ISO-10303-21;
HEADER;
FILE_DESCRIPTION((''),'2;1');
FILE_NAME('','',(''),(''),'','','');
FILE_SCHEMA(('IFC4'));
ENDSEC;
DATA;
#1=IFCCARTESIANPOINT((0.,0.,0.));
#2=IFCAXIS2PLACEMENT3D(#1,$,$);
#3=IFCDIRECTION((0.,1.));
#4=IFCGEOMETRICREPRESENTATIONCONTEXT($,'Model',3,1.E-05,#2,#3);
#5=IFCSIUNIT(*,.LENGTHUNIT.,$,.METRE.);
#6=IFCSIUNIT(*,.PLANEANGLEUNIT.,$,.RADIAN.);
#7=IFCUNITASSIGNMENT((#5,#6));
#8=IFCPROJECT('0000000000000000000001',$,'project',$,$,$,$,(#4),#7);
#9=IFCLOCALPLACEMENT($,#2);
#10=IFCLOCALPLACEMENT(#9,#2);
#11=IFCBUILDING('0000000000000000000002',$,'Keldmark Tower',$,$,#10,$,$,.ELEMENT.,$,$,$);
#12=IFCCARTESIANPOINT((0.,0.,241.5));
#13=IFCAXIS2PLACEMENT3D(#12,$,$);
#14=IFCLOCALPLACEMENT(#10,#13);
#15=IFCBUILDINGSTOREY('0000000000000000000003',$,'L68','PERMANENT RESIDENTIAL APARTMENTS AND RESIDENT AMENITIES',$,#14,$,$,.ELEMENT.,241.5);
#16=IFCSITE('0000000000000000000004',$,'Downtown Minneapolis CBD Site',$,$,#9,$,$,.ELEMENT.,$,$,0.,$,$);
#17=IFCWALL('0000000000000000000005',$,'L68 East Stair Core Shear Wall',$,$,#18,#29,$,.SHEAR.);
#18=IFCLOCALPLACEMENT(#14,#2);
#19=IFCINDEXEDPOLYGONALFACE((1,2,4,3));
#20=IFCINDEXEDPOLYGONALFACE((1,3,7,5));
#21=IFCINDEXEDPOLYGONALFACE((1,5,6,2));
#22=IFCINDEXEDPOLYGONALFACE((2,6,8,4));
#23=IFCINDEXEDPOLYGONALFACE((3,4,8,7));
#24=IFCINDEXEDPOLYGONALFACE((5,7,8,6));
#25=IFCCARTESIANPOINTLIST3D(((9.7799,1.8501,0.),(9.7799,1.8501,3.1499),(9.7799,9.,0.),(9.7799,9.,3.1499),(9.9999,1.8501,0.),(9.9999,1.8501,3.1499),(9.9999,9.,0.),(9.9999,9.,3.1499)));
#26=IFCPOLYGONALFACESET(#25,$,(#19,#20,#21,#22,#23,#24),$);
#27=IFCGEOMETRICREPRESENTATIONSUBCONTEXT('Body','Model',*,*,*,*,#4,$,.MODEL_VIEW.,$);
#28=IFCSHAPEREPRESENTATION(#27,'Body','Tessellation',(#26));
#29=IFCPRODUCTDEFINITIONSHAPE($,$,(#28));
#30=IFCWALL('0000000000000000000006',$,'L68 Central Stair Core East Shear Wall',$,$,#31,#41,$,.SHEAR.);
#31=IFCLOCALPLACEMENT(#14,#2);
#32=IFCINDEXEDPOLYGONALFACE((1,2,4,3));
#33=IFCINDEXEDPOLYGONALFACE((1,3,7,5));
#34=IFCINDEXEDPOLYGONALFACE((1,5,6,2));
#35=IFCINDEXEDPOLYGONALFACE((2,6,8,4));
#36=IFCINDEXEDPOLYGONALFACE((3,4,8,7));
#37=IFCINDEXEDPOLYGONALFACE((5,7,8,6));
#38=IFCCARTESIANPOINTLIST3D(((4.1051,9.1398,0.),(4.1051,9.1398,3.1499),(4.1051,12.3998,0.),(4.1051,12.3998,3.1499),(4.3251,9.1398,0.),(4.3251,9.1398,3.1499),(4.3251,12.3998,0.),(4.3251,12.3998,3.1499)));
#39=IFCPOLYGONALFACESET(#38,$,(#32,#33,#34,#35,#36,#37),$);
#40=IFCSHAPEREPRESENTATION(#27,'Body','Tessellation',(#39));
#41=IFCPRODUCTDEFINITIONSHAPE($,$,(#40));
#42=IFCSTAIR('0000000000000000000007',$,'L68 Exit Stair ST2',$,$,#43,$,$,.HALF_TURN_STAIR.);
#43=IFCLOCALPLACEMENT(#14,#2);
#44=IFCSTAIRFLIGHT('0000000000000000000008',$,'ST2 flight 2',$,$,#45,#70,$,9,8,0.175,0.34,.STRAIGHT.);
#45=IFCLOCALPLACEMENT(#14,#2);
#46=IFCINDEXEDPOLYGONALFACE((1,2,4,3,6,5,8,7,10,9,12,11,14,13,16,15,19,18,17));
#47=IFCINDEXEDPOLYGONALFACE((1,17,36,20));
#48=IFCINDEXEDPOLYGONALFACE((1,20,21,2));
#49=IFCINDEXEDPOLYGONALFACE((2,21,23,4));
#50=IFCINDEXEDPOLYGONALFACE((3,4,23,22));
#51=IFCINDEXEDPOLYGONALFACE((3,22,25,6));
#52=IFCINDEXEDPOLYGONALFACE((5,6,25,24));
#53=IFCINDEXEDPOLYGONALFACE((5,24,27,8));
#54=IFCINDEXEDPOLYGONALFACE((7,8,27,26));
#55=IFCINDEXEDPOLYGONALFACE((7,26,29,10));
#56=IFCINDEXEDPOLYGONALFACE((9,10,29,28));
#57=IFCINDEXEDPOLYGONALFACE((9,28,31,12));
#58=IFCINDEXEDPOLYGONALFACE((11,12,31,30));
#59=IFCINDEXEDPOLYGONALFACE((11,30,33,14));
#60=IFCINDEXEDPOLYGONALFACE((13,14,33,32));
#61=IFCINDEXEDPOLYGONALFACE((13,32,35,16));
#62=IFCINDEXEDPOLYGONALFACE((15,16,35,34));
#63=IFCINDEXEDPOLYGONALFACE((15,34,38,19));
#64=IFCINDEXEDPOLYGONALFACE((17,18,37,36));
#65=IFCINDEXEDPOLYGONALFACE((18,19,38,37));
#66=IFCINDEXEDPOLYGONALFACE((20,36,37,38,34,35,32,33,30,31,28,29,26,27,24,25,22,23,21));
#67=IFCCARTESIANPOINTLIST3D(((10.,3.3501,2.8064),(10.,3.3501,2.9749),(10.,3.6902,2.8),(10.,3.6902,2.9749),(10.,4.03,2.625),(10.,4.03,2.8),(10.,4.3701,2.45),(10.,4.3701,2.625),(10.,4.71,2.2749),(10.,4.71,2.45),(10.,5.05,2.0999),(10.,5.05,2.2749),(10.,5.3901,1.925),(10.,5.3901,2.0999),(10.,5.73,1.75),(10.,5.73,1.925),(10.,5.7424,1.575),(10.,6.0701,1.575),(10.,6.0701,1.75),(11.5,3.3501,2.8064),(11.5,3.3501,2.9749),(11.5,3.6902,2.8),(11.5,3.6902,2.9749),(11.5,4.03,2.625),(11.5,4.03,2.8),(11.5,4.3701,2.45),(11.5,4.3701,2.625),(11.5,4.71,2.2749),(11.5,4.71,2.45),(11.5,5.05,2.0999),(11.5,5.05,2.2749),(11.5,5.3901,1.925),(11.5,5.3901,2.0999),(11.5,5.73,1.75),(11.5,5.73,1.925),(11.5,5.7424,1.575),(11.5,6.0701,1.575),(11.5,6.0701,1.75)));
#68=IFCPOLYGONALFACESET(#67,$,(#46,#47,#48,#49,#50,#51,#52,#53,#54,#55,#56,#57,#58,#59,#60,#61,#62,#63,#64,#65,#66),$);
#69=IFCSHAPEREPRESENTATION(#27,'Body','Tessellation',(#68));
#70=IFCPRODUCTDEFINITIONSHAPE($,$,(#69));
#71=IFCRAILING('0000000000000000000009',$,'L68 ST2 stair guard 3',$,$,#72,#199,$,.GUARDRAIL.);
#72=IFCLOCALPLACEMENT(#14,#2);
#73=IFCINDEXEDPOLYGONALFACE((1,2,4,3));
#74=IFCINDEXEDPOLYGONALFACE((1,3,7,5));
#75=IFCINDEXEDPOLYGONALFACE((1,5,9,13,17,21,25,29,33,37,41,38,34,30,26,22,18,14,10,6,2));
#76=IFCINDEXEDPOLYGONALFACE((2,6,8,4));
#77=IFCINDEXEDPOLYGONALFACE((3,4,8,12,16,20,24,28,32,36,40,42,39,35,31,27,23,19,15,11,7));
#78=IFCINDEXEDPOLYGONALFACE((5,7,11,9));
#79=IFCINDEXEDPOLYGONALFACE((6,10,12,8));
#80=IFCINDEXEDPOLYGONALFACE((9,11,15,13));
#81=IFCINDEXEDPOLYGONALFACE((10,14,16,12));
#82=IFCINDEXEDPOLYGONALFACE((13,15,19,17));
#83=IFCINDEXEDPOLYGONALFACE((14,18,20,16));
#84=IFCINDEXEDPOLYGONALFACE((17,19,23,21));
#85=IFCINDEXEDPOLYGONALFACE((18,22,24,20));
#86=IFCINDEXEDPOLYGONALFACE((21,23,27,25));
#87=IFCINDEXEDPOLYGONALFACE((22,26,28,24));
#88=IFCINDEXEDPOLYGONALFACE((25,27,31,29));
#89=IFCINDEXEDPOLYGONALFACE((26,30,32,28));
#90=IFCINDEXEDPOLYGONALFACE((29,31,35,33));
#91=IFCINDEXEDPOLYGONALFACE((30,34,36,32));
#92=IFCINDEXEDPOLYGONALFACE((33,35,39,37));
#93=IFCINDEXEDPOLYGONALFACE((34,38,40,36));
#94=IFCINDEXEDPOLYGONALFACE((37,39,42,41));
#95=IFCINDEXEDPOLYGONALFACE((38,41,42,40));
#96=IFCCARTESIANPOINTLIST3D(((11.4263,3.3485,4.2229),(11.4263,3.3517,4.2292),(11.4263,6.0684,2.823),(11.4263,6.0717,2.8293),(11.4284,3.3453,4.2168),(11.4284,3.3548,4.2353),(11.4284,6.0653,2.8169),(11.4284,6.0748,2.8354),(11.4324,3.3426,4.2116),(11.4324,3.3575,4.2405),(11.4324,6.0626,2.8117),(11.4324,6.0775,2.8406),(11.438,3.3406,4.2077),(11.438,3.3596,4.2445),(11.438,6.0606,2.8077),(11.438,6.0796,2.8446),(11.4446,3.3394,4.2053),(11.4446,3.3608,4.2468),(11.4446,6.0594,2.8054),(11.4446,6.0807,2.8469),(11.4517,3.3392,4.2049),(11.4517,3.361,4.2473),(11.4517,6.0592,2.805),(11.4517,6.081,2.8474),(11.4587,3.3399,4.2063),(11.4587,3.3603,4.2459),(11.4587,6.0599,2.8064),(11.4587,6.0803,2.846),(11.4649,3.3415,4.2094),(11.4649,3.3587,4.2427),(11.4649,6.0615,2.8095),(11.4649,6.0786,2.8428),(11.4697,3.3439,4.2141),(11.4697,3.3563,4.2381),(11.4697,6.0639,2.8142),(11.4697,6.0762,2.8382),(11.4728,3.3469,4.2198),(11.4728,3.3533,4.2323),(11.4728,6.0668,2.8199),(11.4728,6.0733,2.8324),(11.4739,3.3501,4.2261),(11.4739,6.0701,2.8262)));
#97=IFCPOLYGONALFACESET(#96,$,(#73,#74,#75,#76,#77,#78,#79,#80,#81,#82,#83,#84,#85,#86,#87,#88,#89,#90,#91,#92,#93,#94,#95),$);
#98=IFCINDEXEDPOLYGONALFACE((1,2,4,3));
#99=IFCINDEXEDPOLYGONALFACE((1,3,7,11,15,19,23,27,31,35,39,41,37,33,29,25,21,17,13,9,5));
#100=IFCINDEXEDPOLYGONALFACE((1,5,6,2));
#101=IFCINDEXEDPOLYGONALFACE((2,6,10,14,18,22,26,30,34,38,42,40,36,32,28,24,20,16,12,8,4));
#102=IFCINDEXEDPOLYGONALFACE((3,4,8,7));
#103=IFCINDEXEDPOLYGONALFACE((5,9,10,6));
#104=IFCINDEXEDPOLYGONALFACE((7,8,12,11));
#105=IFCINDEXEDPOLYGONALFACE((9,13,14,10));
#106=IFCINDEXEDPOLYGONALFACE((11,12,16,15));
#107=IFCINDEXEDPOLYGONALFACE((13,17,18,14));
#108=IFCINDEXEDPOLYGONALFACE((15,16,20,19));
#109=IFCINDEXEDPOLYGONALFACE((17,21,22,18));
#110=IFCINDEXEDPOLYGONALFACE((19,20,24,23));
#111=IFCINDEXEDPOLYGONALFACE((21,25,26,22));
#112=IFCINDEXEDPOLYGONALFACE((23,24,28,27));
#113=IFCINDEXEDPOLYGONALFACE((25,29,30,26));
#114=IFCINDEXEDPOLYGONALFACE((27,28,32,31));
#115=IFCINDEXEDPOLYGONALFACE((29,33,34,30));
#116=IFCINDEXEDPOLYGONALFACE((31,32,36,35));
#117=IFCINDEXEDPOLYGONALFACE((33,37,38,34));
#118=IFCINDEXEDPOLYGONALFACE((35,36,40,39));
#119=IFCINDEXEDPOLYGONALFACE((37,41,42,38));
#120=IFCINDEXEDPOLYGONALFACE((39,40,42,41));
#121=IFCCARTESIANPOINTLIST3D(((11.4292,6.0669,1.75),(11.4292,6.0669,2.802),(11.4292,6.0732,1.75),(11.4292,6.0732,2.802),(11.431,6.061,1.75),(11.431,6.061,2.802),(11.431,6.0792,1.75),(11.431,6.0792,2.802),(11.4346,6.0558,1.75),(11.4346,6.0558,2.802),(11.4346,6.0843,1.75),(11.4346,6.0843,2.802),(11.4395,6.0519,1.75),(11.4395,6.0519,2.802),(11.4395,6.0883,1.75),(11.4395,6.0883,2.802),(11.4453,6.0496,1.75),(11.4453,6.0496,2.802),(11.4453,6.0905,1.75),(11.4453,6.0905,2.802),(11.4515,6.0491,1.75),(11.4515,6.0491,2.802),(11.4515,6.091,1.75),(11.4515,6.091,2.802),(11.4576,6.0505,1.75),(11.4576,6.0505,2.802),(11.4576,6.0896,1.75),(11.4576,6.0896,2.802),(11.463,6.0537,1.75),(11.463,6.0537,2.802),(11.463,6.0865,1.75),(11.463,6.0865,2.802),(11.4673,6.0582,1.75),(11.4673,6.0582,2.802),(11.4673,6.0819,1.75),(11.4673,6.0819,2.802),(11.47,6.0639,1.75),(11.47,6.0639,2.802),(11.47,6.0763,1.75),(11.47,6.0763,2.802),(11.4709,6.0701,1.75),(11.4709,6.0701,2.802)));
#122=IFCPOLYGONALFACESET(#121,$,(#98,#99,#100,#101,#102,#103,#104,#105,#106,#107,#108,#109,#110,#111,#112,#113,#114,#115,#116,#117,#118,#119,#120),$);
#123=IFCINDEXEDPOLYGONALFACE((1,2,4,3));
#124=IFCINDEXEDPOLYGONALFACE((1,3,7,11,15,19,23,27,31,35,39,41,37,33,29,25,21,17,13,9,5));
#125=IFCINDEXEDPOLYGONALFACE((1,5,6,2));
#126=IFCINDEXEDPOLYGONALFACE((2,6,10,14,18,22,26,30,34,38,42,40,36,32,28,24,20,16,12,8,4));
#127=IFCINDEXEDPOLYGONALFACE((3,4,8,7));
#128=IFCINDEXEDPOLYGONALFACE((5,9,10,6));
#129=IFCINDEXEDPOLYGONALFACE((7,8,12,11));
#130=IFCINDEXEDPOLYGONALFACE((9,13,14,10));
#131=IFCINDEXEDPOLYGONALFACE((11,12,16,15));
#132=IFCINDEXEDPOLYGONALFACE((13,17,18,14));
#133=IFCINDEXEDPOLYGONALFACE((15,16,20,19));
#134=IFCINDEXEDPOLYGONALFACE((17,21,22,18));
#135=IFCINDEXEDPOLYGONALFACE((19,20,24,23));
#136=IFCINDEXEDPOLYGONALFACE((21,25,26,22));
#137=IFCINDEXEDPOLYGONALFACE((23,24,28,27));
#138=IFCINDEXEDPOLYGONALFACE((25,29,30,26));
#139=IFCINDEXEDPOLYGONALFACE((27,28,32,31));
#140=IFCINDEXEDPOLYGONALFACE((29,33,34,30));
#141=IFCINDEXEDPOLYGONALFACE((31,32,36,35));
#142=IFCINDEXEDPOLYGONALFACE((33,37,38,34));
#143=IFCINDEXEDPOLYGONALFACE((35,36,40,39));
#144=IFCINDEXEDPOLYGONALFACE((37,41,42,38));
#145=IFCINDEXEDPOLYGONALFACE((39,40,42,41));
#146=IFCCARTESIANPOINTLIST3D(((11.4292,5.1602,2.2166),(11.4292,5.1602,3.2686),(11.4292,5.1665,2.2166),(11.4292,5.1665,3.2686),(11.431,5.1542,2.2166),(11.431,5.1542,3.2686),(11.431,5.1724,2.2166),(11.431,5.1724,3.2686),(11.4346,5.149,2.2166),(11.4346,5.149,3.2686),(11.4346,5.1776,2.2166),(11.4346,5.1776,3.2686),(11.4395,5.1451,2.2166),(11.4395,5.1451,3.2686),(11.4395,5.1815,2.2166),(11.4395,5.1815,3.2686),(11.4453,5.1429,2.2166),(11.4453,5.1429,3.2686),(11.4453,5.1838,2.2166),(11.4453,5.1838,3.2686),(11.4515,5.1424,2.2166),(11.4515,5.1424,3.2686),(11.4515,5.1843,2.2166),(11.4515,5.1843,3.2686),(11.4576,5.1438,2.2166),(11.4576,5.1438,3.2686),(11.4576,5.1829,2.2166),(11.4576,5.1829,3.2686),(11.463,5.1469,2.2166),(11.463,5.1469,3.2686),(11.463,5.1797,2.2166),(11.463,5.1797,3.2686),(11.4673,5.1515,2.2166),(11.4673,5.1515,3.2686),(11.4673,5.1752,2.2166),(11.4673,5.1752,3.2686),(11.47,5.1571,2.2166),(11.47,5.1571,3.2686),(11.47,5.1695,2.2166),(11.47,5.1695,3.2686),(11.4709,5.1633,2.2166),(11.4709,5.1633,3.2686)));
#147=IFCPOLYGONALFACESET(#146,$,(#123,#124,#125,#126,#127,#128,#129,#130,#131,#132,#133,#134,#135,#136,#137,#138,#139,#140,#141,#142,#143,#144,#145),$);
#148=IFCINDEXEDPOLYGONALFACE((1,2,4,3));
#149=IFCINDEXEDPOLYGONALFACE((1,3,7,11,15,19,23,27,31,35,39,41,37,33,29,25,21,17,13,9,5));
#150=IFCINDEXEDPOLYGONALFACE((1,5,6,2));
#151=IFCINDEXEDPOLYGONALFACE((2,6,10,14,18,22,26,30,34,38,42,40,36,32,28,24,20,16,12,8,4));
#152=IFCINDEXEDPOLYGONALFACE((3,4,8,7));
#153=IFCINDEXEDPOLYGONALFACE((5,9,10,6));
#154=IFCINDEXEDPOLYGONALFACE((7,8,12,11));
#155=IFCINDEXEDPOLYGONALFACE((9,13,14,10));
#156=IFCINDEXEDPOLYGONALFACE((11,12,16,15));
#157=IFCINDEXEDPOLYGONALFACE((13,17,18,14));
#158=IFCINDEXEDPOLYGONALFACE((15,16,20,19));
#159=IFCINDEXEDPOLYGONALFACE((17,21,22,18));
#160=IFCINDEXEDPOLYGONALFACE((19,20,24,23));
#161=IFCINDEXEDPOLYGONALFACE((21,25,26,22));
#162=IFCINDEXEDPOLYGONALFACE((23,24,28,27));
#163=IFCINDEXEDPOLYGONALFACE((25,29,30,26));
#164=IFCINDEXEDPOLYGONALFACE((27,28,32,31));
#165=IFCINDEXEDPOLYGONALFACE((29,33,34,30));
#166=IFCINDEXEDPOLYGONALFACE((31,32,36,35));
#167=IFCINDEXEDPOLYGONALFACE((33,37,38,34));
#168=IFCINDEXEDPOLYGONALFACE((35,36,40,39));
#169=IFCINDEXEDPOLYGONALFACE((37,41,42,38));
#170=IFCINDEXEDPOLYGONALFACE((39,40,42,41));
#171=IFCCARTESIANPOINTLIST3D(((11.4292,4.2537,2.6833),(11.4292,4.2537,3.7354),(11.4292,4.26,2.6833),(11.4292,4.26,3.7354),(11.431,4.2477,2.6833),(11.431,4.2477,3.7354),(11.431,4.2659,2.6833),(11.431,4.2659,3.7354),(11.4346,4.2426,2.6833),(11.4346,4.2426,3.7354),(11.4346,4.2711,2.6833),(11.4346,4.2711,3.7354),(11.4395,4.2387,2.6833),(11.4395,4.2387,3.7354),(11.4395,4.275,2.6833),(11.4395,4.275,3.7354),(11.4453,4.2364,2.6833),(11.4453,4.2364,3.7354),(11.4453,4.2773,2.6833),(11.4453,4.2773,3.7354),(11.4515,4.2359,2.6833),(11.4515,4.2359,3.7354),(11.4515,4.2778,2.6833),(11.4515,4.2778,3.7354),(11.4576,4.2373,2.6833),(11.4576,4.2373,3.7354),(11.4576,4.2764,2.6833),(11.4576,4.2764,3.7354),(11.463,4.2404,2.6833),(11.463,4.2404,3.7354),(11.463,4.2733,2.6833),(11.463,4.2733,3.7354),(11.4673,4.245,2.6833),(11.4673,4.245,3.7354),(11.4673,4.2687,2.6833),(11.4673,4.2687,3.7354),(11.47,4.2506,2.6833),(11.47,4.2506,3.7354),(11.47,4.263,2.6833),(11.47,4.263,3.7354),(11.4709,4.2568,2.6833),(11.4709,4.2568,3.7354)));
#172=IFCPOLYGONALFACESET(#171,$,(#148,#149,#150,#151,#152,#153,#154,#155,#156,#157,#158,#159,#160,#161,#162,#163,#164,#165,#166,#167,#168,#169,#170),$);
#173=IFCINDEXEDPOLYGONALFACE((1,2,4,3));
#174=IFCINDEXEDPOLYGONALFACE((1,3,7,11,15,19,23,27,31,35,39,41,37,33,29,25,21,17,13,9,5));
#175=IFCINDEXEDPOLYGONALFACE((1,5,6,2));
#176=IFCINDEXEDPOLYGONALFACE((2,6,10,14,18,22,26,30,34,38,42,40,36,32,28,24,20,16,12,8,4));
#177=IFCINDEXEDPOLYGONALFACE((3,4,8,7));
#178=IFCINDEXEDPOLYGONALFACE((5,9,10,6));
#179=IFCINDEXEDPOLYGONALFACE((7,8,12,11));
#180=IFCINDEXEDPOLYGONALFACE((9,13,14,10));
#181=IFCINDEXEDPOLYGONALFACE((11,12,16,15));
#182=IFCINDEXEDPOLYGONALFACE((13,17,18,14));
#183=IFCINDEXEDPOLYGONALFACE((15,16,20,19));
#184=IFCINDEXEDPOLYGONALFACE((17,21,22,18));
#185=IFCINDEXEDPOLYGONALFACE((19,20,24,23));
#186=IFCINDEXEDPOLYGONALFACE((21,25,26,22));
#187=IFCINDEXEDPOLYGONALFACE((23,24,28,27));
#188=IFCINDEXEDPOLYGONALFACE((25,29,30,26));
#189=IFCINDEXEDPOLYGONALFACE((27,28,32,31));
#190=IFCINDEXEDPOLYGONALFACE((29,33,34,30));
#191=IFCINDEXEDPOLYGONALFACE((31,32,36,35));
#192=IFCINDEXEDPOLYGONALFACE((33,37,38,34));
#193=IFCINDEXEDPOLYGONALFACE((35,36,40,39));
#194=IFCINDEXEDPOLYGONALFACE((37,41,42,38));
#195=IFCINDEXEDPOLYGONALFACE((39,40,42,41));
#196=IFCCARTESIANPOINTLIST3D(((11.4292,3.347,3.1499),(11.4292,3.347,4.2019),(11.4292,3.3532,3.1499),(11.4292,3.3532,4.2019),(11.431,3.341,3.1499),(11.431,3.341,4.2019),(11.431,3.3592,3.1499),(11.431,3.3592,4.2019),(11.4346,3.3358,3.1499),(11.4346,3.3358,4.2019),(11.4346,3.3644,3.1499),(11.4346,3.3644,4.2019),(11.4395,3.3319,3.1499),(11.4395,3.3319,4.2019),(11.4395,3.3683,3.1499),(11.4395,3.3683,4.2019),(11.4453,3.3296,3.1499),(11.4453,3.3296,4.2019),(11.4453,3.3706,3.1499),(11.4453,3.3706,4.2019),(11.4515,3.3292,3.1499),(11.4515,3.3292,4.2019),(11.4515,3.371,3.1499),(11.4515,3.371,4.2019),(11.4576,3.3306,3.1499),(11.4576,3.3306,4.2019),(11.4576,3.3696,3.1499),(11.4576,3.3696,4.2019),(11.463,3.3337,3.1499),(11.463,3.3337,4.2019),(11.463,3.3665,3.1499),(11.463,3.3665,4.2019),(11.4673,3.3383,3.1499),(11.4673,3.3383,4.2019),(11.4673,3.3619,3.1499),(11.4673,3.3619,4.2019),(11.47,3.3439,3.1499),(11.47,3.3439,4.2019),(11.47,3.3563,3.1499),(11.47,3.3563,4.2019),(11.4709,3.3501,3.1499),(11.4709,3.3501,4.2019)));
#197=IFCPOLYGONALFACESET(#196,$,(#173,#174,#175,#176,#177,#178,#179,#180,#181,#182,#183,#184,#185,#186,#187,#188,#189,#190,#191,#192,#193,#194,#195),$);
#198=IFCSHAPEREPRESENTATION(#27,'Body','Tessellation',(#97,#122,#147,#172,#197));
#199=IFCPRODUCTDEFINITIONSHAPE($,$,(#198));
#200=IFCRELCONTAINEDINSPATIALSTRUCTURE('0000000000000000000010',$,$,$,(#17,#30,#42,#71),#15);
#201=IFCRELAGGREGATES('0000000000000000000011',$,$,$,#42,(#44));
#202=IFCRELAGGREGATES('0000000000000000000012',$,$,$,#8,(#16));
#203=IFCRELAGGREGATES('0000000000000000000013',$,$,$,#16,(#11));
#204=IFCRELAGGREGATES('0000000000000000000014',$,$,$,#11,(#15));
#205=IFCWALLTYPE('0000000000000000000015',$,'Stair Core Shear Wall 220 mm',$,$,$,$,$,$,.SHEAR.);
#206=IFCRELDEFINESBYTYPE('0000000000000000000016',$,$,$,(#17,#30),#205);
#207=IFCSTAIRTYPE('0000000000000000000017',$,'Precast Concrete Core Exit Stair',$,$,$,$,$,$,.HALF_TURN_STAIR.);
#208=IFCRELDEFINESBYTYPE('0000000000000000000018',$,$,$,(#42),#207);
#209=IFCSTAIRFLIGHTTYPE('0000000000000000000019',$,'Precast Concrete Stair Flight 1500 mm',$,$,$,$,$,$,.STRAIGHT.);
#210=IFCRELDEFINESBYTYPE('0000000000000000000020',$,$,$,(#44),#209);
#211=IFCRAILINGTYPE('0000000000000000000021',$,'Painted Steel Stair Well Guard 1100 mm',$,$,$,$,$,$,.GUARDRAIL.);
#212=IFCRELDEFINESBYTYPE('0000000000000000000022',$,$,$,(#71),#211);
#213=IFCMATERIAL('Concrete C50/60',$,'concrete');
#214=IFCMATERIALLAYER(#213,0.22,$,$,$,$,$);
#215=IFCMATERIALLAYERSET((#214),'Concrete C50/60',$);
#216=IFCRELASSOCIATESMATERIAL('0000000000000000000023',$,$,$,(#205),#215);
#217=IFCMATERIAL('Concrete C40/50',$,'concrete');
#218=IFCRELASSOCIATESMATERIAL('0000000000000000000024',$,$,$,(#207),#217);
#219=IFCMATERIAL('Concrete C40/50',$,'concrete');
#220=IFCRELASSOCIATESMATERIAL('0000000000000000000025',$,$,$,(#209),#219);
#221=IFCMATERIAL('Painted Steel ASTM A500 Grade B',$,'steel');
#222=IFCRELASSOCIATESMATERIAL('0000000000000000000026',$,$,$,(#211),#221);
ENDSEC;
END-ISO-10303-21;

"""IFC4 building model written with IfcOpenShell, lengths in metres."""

from ifc_helpers import new_model, si_unit, direction, frame, frame_2d, origin, origin_2d, place, context, subcontext, project, spatial, polyline, rectangle, circle, outline, extrude, material, layer, layer_set, type_object, element, aggregate, save


model = new_model("IFC4")

# Units and contexts
model_context = context("Model", 3, precision=1e-05, world=origin(), true_north=direction((0.0, 1.0)))
body_context = subcontext(model_context, "Body", "Model", "MODEL_VIEW")
ifc_project = project(units=[si_unit("LENGTHUNIT", "METRE"), si_unit("PLANEANGLEUNIT", "RADIAN")], contexts=[model_context])

# Site, building, storey
site_placement = place(None, origin())
site = spatial("IfcSite", under=ifc_project, at=site_placement, Name="Downtown Minneapolis CBD Site", CompositionType="ELEMENT", RefElevation=0.0)
building_placement = place(site_placement, origin())
building = spatial("IfcBuilding", under=site, at=building_placement, Name="Keldmark Tower", CompositionType="ELEMENT")
storey_placement = place(building_placement, frame((0.0, 0.0, 241.5)))
storey = spatial("IfcBuildingStorey", under=building, at=storey_placement, Name="L68", Description="PERMANENT RESIDENTIAL APARTMENTS AND RESIDENT AMENITIES", CompositionType="ELEMENT", Elevation=241.5)

# Walls
ifc_material_1 = material(Name="Concrete C50/60", Category="concrete")
ifc_layer_1 = layer(ifc_material_1, 0.22)
ifc_layer_set_1 = layer_set([ifc_layer_1], Name="Concrete C50/60")
wall_type_1 = type_object("IfcWallType", Name="Stair Core Shear Wall 220 mm", PredefinedType="SHEAR", material=ifc_layer_set_1)
wall_1_placement = place(storey_placement, frame((9.8899, 1.8501, 0.0), z_axis=(0.0, 0.0, 1.0), x_axis=(0.0, 1.0, 0.0)))
element("IfcWall", 1, at=wall_1_placement, inside=storey, type_object=wall_type_1, Name="L68 East Stair Core Shear Wall", PredefinedType="SHEAR", context=body_context, shape_type="SweptSolid", body=[
    extrude(rectangle(XDim=7.1499, YDim=0.22, at=frame_2d((3.575, 0.0))), origin(), (0.0, 0.0, 1.0), 3.1499),
])
wall_2_placement = place(storey_placement, frame((4.2151, 9.1399, 0.0), z_axis=(0.0, 0.0, 1.0), x_axis=(0.0, 1.0, 0.0)))
element("IfcWall", 2, at=wall_2_placement, inside=storey, type_object=wall_type_1, Name="L68 Central Stair Core East Shear Wall", PredefinedType="SHEAR", context=body_context, shape_type="SweptSolid", body=[
    extrude(rectangle(XDim=3.26, YDim=0.22, at=frame_2d((1.6299, 0.0))), origin(), (0.0, 0.0, 1.0), 3.1499),
])

# Stair, stair flight
ifc_material_2 = material(Name="Concrete C40/50", Category="concrete")
stair_type = type_object("IfcStairType", Name="Precast Concrete Core Exit Stair", PredefinedType="HALF_TURN_STAIR", material=ifc_material_2)
stair_placement = place(storey_placement, origin())
stair = element("IfcStair", 3, at=stair_placement, inside=storey, type_object=stair_type, Name="L68 Exit Stair ST2", PredefinedType="HALF_TURN_STAIR")
ifc_material_3 = material(Name="Concrete C40/50", Category="concrete")
stair_flight_type = type_object("IfcStairFlightType", Name="Precast Concrete Stair Flight 1500 mm", PredefinedType="STRAIGHT", material=ifc_material_3)
stair_flight_placement = place(storey_placement, frame((10.75, 6.0701, 1.575), z_axis=(0.0, 0.0, 1.0), x_axis=(0.0, -1.0, 0.0)))
stair_flight = element("IfcStairFlight", 4, at=stair_flight_placement, type_object=stair_flight_type, Name="ST2 flight 2", NumberOfRisers=9, NumberOfTreads=8, PredefinedType="STRAIGHT", RiserHeight=0.175, TreadLength=0.34, context=body_context, shape_type="SweptSolid", body=[
    extrude(outline(polyline([(0.0, 0.0), (0.0, 0.175), (0.3401, 0.175), (0.3401, 0.3501), (0.6799, 0.3501), (0.6799, 0.5249), (1.02, 0.5249), (1.02, 0.7), (1.3601, 0.7), (1.3601, 0.875), (1.7, 0.875), (1.7, 1.05), (2.04, 1.05), (2.04, 1.2251), (2.3799, 1.2251), (2.3799, 1.3999), (2.72, 1.3999), (2.72, 1.575), (2.72, 1.2314), (0.3276, 0.0), (0.0, 0.0)])), frame((0.0, 0.75, 0.0), z_axis=(0.0, -1.0, 0.0), x_axis=(1.0, 0.0, 0.0)), (0.0, 0.0, 1.0), 1.5),
])
aggregate(stair, [stair_flight])

# Railing
ifc_material_4 = material(Name="Painted Steel ASTM A500 Grade B", Category="steel")
railing_type_1 = type_object("IfcRailingType", Name="Painted Steel Stair Well Guard 1100 mm", PredefinedType="GUARDRAIL", material=ifc_material_4)
railing_1_placement = place(storey_placement, frame((11.45, 6.0701, 1.75)))
element("IfcRailing", 5, at=railing_1_placement, inside=storey, type_object=railing_type_1, Name="L68 ST2 stair guard 3", PredefinedType="GUARDRAIL", context=body_context, shape_type="SweptSolid", body=[
    extrude(circle(Radius=0.0239, at=origin_2d()), frame((0.0, 0.0, 1.0762), z_axis=(0.0, -0.889147, 0.457622), x_axis=(1.0, 0.0, 0.0)), (0.0, 0.0, 1.0), 3.0591),
    extrude(circle(Radius=0.021, at=origin_2d()), origin(), (0.0, 0.0, 1.0), 1.052),
    extrude(circle(Radius=0.021, at=origin_2d()), frame((0.0, -0.9067, 0.4666)), (0.0, 0.0, 1.0), 1.052),
    extrude(circle(Radius=0.021, at=origin_2d()), frame((0.0, -1.8132, 0.9333)), (0.0, 0.0, 1.0), 1.052),
    extrude(circle(Radius=0.021, at=origin_2d()), frame((0.0, -2.72, 1.3999)), (0.0, 0.0, 1.0), 1.052),
])

save(model, "model.ifc")
